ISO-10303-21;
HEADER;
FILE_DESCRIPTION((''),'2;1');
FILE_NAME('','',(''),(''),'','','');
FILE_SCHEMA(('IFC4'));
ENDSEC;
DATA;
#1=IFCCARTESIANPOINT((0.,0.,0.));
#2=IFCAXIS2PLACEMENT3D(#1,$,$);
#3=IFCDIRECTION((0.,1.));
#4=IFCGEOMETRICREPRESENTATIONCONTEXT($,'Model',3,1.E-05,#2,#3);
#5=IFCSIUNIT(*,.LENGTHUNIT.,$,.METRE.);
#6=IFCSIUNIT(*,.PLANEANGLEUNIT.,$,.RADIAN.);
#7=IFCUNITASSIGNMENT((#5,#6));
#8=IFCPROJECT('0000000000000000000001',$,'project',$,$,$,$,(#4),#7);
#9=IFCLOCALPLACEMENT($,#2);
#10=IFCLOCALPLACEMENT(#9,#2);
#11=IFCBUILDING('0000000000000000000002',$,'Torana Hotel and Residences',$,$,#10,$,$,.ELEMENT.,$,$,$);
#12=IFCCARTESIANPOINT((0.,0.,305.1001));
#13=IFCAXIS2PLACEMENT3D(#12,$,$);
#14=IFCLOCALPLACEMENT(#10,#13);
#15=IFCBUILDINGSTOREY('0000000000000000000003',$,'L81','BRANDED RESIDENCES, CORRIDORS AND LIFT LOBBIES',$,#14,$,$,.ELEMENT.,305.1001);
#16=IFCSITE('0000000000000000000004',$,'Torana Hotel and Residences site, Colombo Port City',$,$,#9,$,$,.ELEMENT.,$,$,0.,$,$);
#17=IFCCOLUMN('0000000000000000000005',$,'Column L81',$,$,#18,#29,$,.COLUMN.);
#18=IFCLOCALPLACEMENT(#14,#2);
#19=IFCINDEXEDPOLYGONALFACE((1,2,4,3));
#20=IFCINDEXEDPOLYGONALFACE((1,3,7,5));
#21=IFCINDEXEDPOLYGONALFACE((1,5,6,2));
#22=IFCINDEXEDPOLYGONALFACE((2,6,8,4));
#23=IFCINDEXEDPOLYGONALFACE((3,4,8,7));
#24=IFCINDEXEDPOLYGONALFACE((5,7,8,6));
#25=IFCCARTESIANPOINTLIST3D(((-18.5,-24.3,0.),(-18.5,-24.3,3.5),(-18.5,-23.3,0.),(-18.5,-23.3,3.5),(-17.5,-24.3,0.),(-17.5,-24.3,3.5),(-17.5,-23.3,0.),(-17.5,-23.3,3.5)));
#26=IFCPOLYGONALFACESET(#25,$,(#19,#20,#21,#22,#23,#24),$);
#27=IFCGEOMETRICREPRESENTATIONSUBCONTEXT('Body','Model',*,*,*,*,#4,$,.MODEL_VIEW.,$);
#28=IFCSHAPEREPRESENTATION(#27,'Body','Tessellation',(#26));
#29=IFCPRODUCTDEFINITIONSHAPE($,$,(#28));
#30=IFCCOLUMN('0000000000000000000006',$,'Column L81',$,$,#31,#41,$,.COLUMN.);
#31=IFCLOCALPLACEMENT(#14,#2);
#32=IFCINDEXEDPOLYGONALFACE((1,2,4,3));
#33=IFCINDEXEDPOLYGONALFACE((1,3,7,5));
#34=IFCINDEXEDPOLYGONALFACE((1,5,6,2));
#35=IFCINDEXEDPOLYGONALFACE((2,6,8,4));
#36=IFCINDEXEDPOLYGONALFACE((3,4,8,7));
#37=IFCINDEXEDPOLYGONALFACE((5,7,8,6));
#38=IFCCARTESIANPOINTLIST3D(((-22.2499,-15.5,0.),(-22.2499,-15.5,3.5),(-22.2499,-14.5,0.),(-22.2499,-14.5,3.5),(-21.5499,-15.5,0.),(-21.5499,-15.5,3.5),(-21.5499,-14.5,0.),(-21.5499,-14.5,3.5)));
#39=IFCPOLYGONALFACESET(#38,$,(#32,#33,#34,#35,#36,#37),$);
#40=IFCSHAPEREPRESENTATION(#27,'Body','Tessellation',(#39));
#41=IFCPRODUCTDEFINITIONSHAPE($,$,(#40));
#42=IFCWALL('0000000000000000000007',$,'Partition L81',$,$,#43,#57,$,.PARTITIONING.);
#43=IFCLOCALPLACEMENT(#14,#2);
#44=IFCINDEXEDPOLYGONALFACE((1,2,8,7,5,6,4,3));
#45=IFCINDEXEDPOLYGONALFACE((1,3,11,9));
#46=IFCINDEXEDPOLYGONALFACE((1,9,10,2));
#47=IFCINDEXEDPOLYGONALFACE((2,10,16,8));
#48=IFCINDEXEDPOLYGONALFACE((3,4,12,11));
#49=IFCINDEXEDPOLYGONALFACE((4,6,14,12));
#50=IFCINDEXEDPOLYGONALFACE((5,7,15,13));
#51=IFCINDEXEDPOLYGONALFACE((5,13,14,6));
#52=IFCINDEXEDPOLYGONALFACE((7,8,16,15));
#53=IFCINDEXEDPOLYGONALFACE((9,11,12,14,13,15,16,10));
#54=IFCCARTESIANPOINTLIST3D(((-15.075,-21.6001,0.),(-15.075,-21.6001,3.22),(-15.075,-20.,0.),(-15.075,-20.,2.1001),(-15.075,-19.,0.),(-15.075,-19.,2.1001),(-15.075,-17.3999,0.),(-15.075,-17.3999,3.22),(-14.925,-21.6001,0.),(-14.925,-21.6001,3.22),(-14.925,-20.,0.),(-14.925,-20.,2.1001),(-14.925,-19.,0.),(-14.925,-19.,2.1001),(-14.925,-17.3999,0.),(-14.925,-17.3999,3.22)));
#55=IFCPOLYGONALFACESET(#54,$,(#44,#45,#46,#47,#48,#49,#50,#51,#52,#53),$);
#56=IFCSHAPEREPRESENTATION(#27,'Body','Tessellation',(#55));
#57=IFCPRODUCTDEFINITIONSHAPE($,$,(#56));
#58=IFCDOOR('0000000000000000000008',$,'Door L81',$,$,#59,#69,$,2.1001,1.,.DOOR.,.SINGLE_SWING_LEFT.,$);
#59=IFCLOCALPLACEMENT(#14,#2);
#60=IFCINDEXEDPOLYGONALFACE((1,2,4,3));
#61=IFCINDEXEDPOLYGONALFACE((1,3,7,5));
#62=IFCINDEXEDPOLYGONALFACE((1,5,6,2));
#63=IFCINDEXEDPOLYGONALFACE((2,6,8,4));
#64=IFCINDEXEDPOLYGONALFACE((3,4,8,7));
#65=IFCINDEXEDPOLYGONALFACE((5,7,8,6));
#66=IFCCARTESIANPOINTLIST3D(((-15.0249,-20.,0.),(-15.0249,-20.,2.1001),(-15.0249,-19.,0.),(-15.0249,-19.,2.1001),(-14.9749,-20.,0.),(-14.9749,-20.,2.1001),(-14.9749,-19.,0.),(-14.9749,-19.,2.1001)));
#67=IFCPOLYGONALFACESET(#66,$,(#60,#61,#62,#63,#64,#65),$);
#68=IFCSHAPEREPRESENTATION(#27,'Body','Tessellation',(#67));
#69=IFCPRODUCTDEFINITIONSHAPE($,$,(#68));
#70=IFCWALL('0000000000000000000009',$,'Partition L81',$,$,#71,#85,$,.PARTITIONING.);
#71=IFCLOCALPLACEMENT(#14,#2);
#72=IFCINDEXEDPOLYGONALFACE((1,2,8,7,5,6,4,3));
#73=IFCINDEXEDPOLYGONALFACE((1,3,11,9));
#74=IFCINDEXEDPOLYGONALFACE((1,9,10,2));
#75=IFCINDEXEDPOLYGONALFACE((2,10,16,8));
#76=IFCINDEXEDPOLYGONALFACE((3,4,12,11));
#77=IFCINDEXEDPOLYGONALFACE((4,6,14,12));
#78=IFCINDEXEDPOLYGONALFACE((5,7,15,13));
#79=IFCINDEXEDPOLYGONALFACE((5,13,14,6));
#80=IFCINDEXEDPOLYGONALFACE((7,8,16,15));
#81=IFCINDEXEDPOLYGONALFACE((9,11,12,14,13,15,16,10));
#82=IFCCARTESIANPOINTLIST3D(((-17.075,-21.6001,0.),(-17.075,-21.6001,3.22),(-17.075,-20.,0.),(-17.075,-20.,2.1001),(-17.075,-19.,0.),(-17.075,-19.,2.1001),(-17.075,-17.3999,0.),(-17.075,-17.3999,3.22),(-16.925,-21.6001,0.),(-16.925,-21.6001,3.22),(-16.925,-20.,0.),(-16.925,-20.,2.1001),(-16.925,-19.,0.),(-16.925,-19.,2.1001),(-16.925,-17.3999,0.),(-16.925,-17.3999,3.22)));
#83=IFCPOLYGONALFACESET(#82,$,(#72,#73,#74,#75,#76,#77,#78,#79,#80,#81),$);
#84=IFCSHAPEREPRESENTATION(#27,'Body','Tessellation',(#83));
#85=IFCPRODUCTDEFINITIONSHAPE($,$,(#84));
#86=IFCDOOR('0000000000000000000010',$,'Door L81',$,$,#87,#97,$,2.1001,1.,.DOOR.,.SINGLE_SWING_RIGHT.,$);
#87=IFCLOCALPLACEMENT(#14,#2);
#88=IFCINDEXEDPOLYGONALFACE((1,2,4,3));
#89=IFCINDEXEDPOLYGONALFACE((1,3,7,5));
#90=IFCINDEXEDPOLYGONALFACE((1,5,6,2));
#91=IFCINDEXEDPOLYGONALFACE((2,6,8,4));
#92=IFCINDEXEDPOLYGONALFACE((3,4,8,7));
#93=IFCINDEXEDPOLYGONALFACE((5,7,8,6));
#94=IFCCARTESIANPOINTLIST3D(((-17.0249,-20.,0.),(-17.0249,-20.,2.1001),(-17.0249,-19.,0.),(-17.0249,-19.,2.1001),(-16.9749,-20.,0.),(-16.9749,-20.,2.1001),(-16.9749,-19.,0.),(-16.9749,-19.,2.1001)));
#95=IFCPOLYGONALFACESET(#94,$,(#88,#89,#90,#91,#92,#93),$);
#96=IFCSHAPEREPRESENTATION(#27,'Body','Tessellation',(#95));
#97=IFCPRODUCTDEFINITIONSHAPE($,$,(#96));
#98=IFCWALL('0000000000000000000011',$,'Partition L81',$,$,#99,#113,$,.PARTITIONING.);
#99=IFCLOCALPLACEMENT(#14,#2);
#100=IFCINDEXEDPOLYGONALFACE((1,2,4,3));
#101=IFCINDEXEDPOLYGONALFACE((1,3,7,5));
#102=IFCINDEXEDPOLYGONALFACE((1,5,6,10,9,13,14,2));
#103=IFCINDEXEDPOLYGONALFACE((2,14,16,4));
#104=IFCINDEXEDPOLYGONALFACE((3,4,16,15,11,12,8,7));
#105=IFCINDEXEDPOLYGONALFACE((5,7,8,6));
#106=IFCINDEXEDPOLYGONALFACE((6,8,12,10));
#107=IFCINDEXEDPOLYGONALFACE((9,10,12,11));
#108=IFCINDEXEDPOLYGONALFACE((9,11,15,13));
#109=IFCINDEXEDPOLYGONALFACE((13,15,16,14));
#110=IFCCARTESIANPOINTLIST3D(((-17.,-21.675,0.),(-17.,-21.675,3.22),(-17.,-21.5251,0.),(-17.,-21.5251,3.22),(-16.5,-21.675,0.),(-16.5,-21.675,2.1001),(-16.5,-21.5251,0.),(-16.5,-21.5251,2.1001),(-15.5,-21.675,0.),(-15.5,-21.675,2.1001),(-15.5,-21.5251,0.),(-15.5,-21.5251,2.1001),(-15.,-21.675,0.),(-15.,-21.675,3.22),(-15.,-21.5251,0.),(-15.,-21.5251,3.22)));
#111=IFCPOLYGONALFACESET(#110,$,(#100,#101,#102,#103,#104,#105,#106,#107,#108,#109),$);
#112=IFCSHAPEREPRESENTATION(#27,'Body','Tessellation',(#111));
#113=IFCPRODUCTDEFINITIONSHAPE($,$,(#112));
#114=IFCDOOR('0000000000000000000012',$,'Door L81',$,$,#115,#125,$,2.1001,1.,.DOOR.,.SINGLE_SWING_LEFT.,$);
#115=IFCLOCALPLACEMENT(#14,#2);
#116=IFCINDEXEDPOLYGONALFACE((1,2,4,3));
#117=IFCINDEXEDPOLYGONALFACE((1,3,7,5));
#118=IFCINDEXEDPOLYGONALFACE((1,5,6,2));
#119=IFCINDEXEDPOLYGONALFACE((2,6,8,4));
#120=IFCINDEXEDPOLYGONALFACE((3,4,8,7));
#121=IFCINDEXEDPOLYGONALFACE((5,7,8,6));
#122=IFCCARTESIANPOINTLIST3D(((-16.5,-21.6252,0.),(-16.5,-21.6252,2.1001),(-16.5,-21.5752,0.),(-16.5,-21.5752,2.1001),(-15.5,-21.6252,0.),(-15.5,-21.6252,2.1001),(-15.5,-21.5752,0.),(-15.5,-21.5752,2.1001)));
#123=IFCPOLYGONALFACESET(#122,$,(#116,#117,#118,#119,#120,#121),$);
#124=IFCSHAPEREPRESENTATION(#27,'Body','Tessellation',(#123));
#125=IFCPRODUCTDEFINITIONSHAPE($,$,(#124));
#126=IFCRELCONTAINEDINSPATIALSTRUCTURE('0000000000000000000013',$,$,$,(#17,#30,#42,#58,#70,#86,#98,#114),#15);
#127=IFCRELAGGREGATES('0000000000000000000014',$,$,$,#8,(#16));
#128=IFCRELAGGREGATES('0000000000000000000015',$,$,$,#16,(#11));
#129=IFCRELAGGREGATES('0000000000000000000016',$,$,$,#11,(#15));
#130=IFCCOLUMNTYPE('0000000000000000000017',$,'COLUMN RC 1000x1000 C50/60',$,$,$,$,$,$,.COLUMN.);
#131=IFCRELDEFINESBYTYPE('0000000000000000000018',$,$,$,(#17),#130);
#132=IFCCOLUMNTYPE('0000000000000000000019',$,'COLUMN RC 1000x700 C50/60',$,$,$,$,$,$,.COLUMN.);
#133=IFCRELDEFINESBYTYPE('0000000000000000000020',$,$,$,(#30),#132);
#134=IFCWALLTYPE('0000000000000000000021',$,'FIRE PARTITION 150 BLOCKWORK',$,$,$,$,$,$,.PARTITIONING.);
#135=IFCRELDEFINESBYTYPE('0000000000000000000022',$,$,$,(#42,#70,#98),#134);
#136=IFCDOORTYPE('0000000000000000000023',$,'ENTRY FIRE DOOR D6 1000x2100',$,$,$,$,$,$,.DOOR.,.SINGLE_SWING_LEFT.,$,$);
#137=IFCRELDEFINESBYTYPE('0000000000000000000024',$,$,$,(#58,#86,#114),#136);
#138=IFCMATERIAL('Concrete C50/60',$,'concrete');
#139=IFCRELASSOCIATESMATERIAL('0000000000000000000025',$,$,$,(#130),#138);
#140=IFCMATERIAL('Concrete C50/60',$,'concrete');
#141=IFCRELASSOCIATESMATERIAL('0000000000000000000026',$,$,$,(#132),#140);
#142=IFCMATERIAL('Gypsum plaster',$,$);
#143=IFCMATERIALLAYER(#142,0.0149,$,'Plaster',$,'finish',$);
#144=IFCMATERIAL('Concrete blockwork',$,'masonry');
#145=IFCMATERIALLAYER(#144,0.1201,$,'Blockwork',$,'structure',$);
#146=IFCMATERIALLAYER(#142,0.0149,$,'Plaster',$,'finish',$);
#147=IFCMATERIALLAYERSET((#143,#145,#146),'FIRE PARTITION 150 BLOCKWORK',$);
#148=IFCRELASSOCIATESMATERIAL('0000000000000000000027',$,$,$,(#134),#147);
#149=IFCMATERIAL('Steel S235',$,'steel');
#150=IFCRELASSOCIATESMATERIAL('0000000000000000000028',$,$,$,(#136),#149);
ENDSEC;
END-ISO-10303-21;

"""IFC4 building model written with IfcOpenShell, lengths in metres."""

from ifc_helpers import new_model, si_unit, direction, frame, frame_2d, origin, origin_2d, place, context, subcontext, project, spatial, rectangle, extrude, material, layer, layer_set, material_profile, profile_set, type_object, element, fill, save


model = new_model("IFC4")

# Units and contexts
model_context = context("Model", 3, precision=1e-05, world=origin(), true_north=direction((0.0, 1.0)))
body_context = subcontext(model_context, "Body", "Model", "MODEL_VIEW")
ifc_project = project(units=[si_unit("LENGTHUNIT", "METRE"), si_unit("PLANEANGLEUNIT", "RADIAN")], contexts=[model_context])

# Site, building, storey
site_placement = place(None, origin())
site = spatial("IfcSite", under=ifc_project, at=site_placement, Name="Torana Hotel and Residences site, Colombo Port City", CompositionType="ELEMENT", RefElevation=0.0)
building_placement = place(site_placement, origin())
building = spatial("IfcBuilding", under=site, at=building_placement, Name="Torana Hotel and Residences", CompositionType="ELEMENT")
storey_placement = place(building_placement, frame((0.0, 0.0, 305.1001)))
storey = spatial("IfcBuildingStorey", under=building, at=storey_placement, Name="L81", Description="BRANDED RESIDENCES, CORRIDORS AND LIFT LOBBIES", CompositionType="ELEMENT", Elevation=305.1001)

# Columns
ifc_material_1 = material(Name="Concrete C50/60", Category="concrete")
ifc_material_profile_1 = material_profile(ifc_material_1, rectangle(XDim=1.0, YDim=1.0, at=origin_2d()), Name="RC 1000x1000")
ifc_profile_set_1 = profile_set([ifc_material_profile_1], Name="Concrete C50/60")
column_type_1 = type_object("IfcColumnType", Name="COLUMN RC 1000x1000 C50/60", PredefinedType="COLUMN", material=ifc_profile_set_1)
column_1_placement = place(storey_placement, frame((-18.0, -23.8, 0.0), z_axis=(0.0, 0.0, 1.0), x_axis=(1.0, 0.0, 0.0)))
element("IfcColumn", 1, at=column_1_placement, inside=storey, type_object=column_type_1, Name="Column L81", PredefinedType="COLUMN", context=body_context, shape_type="SweptSolid", body=[
    extrude(rectangle(XDim=1.0, YDim=1.0, at=origin_2d()), origin(), (0.0, 0.0, 1.0), 3.5),
])
ifc_material_2 = material(Name="Concrete C50/60", Category="concrete")
ifc_material_profile_2 = material_profile(ifc_material_2, rectangle(XDim=1.0, YDim=0.7, at=origin_2d()), Name="RC 1000x700")
ifc_profile_set_2 = profile_set([ifc_material_profile_2], Name="Concrete C50/60")
column_type_2 = type_object("IfcColumnType", Name="COLUMN RC 1000x700 C50/60", PredefinedType="COLUMN", material=ifc_profile_set_2)
column_2_placement = place(storey_placement, frame((-21.8999, -15.0, 0.0), z_axis=(0.0, 0.0, 1.0), x_axis=(0.0, 1.0, 0.0)))
element("IfcColumn", 2, at=column_2_placement, inside=storey, type_object=column_type_2, Name="Column L81", PredefinedType="COLUMN", context=body_context, shape_type="SweptSolid", body=[
    extrude(rectangle(XDim=1.0, YDim=0.7, at=origin_2d()), origin(), (0.0, 0.0, 1.0), 3.5),
])

# Walls, openings, doors
ifc_material_3 = material(Name="Gypsum plaster")
ifc_layer_1 = layer(ifc_material_3, 0.0149, Name="Plaster", Category="finish")
ifc_material_4 = material(Name="Concrete blockwork", Category="masonry")
ifc_layer_2 = layer(ifc_material_4, 0.1201, Name="Blockwork", Category="structure")
ifc_layer_3 = layer(ifc_material_3, 0.0149, Name="Plaster", Category="finish")
ifc_layer_set_1 = layer_set([ifc_layer_1, ifc_layer_2, ifc_layer_3], Name="FIRE PARTITION 150 BLOCKWORK")
wall_type_1 = type_object("IfcWallType", Name="FIRE PARTITION 150 BLOCKWORK", PredefinedType="PARTITIONING", material=ifc_layer_set_1)
wall_1_placement = place(storey_placement, frame((-15.0, -21.6001, 0.0), z_axis=(0.0, 0.0, 1.0), x_axis=(0.0, 1.0, 0.0)))
wall_1 = element("IfcWall", 3, at=wall_1_placement, inside=storey, type_object=wall_type_1, Name="Partition L81", PredefinedType="PARTITIONING", context=body_context, shape_type="SweptSolid", body=[
    extrude(rectangle(XDim=4.2002, YDim=0.1499, at=frame_2d((2.1001, 0.0))), origin(), (0.0, 0.0, 1.0), 3.22),
])
opening_1_placement = place(wall_1_placement, frame((1.6001, 0.0, 0.0)))
opening_1 = element("IfcOpeningElement", 4, at=opening_1_placement, cuts=wall_1, PredefinedType="OPENING", context=body_context, shape_type="SweptSolid", body=[
    extrude(rectangle(XDim=1.0, YDim=2.1001, at=frame_2d((0.5, 1.05))), frame((0.0, 0.085, 0.0), z_axis=(0.0, -1.0, 0.0), x_axis=(1.0, 0.0, 0.0)), (0.0, 0.0, 1.0), 0.1699),
])
ifc_material_5 = material(Name="Steel S235", Category="steel")
door_type_1 = type_object("IfcDoorType", Name="ENTRY FIRE DOOR D6 1000x2100", OperationType="SINGLE_SWING_LEFT", PredefinedType="DOOR", material=ifc_material_5)
door_1_placement = place(opening_1_placement, frame((0.5, 0.0, 0.0), z_axis=(0.0, 0.0, 1.0), x_axis=(-1.0, 0.0, 0.0)))
door_1 = element("IfcDoor", 5, at=door_1_placement, inside=storey, type_object=door_type_1, Name="Door L81", OperationType="SINGLE_SWING_LEFT", OverallHeight=2.1001, OverallWidth=1.0, PredefinedType="DOOR", context=body_context, shape_type="SweptSolid", body=[
    extrude(rectangle(XDim=1.0, YDim=2.1001, at=frame_2d((0.0, 1.05))), frame((0.0, -0.0249, 0.0), z_axis=(0.0, 1.0, 0.0), x_axis=(-1.0, 0.0, 0.0)), (0.0, 0.0, 1.0), 0.05),
])
fill(opening_1, door_1)
wall_2_placement = place(storey_placement, frame((-17.0, -21.6001, 0.0), z_axis=(0.0, 0.0, 1.0), x_axis=(0.0, 1.0, 0.0)))
wall_2 = element("IfcWall", 6, at=wall_2_placement, inside=storey, type_object=wall_type_1, Name="Partition L81", PredefinedType="PARTITIONING", context=body_context, shape_type="SweptSolid", body=[
    extrude(rectangle(XDim=4.2002, YDim=0.1499, at=frame_2d((2.1001, 0.0))), origin(), (0.0, 0.0, 1.0), 3.22),
])
opening_2_placement = place(wall_2_placement, frame((1.6001, 0.0, 0.0)))
opening_2 = element("IfcOpeningElement", 7, at=opening_2_placement, cuts=wall_2, PredefinedType="OPENING", context=body_context, shape_type="SweptSolid", body=[
    extrude(rectangle(XDim=1.0, YDim=2.1001, at=frame_2d((0.5, 1.05))), frame((0.0, 0.085, 0.0), z_axis=(0.0, -1.0, 0.0), x_axis=(1.0, 0.0, 0.0)), (0.0, 0.0, 1.0), 0.1699),
])
door_2_placement = place(opening_2_placement, origin())
door_2 = element("IfcDoor", 8, at=door_2_placement, inside=storey, type_object=door_type_1, Name="Door L81", OperationType="SINGLE_SWING_RIGHT", OverallHeight=2.1001, OverallWidth=1.0, PredefinedType="DOOR", context=body_context, shape_type="SweptSolid", body=[
    extrude(rectangle(XDim=1.0, YDim=2.1001, at=frame_2d((0.5, 1.05))), frame((0.0, 0.0249, 0.0), z_axis=(0.0, -1.0, 0.0), x_axis=(1.0, 0.0, 0.0)), (0.0, 0.0, 1.0), 0.05),
])
fill(opening_2, door_2)
wall_3_placement = place(storey_placement, frame((-17.0, -21.6001, 0.0), z_axis=(0.0, 0.0, 1.0), x_axis=(1.0, 0.0, 0.0)))
wall_3 = element("IfcWall", 9, at=wall_3_placement, inside=storey, type_object=wall_type_1, Name="Partition L81", PredefinedType="PARTITIONING", context=body_context, shape_type="SweptSolid", body=[
    extrude(rectangle(XDim=2.0, YDim=0.1499, at=frame_2d((1.0, 0.0))), origin(), (0.0, 0.0, 1.0), 3.22),
])
opening_3_placement = place(wall_3_placement, frame((0.5, 0.0, 0.0)))
opening_3 = element("IfcOpeningElement", 10, at=opening_3_placement, cuts=wall_3, PredefinedType="OPENING", context=body_context, shape_type="SweptSolid", body=[
    extrude(rectangle(XDim=1.0, YDim=2.1001, at=frame_2d((0.5, 1.05))), frame((0.0, 0.085, 0.0), z_axis=(0.0, -1.0, 0.0), x_axis=(1.0, 0.0, 0.0)), (0.0, 0.0, 1.0), 0.1699),
])
door_3_placement = place(opening_3_placement, frame((0.5, 0.0, 0.0), z_axis=(0.0, 0.0, 1.0), x_axis=(-1.0, 0.0, 0.0)))
door_3 = element("IfcDoor", 11, at=door_3_placement, inside=storey, type_object=door_type_1, Name="Door L81", OperationType="SINGLE_SWING_LEFT", OverallHeight=2.1001, OverallWidth=1.0, PredefinedType="DOOR", context=body_context, shape_type="SweptSolid", body=[
    extrude(rectangle(XDim=1.0, YDim=2.1001, at=frame_2d((0.0, 1.05))), frame((0.0, -0.0249, 0.0), z_axis=(0.0, 1.0, 0.0), x_axis=(-1.0, 0.0, 0.0)), (0.0, 0.0, 1.0), 0.05),
])
fill(opening_3, door_3)

save(model, "model.ifc")
